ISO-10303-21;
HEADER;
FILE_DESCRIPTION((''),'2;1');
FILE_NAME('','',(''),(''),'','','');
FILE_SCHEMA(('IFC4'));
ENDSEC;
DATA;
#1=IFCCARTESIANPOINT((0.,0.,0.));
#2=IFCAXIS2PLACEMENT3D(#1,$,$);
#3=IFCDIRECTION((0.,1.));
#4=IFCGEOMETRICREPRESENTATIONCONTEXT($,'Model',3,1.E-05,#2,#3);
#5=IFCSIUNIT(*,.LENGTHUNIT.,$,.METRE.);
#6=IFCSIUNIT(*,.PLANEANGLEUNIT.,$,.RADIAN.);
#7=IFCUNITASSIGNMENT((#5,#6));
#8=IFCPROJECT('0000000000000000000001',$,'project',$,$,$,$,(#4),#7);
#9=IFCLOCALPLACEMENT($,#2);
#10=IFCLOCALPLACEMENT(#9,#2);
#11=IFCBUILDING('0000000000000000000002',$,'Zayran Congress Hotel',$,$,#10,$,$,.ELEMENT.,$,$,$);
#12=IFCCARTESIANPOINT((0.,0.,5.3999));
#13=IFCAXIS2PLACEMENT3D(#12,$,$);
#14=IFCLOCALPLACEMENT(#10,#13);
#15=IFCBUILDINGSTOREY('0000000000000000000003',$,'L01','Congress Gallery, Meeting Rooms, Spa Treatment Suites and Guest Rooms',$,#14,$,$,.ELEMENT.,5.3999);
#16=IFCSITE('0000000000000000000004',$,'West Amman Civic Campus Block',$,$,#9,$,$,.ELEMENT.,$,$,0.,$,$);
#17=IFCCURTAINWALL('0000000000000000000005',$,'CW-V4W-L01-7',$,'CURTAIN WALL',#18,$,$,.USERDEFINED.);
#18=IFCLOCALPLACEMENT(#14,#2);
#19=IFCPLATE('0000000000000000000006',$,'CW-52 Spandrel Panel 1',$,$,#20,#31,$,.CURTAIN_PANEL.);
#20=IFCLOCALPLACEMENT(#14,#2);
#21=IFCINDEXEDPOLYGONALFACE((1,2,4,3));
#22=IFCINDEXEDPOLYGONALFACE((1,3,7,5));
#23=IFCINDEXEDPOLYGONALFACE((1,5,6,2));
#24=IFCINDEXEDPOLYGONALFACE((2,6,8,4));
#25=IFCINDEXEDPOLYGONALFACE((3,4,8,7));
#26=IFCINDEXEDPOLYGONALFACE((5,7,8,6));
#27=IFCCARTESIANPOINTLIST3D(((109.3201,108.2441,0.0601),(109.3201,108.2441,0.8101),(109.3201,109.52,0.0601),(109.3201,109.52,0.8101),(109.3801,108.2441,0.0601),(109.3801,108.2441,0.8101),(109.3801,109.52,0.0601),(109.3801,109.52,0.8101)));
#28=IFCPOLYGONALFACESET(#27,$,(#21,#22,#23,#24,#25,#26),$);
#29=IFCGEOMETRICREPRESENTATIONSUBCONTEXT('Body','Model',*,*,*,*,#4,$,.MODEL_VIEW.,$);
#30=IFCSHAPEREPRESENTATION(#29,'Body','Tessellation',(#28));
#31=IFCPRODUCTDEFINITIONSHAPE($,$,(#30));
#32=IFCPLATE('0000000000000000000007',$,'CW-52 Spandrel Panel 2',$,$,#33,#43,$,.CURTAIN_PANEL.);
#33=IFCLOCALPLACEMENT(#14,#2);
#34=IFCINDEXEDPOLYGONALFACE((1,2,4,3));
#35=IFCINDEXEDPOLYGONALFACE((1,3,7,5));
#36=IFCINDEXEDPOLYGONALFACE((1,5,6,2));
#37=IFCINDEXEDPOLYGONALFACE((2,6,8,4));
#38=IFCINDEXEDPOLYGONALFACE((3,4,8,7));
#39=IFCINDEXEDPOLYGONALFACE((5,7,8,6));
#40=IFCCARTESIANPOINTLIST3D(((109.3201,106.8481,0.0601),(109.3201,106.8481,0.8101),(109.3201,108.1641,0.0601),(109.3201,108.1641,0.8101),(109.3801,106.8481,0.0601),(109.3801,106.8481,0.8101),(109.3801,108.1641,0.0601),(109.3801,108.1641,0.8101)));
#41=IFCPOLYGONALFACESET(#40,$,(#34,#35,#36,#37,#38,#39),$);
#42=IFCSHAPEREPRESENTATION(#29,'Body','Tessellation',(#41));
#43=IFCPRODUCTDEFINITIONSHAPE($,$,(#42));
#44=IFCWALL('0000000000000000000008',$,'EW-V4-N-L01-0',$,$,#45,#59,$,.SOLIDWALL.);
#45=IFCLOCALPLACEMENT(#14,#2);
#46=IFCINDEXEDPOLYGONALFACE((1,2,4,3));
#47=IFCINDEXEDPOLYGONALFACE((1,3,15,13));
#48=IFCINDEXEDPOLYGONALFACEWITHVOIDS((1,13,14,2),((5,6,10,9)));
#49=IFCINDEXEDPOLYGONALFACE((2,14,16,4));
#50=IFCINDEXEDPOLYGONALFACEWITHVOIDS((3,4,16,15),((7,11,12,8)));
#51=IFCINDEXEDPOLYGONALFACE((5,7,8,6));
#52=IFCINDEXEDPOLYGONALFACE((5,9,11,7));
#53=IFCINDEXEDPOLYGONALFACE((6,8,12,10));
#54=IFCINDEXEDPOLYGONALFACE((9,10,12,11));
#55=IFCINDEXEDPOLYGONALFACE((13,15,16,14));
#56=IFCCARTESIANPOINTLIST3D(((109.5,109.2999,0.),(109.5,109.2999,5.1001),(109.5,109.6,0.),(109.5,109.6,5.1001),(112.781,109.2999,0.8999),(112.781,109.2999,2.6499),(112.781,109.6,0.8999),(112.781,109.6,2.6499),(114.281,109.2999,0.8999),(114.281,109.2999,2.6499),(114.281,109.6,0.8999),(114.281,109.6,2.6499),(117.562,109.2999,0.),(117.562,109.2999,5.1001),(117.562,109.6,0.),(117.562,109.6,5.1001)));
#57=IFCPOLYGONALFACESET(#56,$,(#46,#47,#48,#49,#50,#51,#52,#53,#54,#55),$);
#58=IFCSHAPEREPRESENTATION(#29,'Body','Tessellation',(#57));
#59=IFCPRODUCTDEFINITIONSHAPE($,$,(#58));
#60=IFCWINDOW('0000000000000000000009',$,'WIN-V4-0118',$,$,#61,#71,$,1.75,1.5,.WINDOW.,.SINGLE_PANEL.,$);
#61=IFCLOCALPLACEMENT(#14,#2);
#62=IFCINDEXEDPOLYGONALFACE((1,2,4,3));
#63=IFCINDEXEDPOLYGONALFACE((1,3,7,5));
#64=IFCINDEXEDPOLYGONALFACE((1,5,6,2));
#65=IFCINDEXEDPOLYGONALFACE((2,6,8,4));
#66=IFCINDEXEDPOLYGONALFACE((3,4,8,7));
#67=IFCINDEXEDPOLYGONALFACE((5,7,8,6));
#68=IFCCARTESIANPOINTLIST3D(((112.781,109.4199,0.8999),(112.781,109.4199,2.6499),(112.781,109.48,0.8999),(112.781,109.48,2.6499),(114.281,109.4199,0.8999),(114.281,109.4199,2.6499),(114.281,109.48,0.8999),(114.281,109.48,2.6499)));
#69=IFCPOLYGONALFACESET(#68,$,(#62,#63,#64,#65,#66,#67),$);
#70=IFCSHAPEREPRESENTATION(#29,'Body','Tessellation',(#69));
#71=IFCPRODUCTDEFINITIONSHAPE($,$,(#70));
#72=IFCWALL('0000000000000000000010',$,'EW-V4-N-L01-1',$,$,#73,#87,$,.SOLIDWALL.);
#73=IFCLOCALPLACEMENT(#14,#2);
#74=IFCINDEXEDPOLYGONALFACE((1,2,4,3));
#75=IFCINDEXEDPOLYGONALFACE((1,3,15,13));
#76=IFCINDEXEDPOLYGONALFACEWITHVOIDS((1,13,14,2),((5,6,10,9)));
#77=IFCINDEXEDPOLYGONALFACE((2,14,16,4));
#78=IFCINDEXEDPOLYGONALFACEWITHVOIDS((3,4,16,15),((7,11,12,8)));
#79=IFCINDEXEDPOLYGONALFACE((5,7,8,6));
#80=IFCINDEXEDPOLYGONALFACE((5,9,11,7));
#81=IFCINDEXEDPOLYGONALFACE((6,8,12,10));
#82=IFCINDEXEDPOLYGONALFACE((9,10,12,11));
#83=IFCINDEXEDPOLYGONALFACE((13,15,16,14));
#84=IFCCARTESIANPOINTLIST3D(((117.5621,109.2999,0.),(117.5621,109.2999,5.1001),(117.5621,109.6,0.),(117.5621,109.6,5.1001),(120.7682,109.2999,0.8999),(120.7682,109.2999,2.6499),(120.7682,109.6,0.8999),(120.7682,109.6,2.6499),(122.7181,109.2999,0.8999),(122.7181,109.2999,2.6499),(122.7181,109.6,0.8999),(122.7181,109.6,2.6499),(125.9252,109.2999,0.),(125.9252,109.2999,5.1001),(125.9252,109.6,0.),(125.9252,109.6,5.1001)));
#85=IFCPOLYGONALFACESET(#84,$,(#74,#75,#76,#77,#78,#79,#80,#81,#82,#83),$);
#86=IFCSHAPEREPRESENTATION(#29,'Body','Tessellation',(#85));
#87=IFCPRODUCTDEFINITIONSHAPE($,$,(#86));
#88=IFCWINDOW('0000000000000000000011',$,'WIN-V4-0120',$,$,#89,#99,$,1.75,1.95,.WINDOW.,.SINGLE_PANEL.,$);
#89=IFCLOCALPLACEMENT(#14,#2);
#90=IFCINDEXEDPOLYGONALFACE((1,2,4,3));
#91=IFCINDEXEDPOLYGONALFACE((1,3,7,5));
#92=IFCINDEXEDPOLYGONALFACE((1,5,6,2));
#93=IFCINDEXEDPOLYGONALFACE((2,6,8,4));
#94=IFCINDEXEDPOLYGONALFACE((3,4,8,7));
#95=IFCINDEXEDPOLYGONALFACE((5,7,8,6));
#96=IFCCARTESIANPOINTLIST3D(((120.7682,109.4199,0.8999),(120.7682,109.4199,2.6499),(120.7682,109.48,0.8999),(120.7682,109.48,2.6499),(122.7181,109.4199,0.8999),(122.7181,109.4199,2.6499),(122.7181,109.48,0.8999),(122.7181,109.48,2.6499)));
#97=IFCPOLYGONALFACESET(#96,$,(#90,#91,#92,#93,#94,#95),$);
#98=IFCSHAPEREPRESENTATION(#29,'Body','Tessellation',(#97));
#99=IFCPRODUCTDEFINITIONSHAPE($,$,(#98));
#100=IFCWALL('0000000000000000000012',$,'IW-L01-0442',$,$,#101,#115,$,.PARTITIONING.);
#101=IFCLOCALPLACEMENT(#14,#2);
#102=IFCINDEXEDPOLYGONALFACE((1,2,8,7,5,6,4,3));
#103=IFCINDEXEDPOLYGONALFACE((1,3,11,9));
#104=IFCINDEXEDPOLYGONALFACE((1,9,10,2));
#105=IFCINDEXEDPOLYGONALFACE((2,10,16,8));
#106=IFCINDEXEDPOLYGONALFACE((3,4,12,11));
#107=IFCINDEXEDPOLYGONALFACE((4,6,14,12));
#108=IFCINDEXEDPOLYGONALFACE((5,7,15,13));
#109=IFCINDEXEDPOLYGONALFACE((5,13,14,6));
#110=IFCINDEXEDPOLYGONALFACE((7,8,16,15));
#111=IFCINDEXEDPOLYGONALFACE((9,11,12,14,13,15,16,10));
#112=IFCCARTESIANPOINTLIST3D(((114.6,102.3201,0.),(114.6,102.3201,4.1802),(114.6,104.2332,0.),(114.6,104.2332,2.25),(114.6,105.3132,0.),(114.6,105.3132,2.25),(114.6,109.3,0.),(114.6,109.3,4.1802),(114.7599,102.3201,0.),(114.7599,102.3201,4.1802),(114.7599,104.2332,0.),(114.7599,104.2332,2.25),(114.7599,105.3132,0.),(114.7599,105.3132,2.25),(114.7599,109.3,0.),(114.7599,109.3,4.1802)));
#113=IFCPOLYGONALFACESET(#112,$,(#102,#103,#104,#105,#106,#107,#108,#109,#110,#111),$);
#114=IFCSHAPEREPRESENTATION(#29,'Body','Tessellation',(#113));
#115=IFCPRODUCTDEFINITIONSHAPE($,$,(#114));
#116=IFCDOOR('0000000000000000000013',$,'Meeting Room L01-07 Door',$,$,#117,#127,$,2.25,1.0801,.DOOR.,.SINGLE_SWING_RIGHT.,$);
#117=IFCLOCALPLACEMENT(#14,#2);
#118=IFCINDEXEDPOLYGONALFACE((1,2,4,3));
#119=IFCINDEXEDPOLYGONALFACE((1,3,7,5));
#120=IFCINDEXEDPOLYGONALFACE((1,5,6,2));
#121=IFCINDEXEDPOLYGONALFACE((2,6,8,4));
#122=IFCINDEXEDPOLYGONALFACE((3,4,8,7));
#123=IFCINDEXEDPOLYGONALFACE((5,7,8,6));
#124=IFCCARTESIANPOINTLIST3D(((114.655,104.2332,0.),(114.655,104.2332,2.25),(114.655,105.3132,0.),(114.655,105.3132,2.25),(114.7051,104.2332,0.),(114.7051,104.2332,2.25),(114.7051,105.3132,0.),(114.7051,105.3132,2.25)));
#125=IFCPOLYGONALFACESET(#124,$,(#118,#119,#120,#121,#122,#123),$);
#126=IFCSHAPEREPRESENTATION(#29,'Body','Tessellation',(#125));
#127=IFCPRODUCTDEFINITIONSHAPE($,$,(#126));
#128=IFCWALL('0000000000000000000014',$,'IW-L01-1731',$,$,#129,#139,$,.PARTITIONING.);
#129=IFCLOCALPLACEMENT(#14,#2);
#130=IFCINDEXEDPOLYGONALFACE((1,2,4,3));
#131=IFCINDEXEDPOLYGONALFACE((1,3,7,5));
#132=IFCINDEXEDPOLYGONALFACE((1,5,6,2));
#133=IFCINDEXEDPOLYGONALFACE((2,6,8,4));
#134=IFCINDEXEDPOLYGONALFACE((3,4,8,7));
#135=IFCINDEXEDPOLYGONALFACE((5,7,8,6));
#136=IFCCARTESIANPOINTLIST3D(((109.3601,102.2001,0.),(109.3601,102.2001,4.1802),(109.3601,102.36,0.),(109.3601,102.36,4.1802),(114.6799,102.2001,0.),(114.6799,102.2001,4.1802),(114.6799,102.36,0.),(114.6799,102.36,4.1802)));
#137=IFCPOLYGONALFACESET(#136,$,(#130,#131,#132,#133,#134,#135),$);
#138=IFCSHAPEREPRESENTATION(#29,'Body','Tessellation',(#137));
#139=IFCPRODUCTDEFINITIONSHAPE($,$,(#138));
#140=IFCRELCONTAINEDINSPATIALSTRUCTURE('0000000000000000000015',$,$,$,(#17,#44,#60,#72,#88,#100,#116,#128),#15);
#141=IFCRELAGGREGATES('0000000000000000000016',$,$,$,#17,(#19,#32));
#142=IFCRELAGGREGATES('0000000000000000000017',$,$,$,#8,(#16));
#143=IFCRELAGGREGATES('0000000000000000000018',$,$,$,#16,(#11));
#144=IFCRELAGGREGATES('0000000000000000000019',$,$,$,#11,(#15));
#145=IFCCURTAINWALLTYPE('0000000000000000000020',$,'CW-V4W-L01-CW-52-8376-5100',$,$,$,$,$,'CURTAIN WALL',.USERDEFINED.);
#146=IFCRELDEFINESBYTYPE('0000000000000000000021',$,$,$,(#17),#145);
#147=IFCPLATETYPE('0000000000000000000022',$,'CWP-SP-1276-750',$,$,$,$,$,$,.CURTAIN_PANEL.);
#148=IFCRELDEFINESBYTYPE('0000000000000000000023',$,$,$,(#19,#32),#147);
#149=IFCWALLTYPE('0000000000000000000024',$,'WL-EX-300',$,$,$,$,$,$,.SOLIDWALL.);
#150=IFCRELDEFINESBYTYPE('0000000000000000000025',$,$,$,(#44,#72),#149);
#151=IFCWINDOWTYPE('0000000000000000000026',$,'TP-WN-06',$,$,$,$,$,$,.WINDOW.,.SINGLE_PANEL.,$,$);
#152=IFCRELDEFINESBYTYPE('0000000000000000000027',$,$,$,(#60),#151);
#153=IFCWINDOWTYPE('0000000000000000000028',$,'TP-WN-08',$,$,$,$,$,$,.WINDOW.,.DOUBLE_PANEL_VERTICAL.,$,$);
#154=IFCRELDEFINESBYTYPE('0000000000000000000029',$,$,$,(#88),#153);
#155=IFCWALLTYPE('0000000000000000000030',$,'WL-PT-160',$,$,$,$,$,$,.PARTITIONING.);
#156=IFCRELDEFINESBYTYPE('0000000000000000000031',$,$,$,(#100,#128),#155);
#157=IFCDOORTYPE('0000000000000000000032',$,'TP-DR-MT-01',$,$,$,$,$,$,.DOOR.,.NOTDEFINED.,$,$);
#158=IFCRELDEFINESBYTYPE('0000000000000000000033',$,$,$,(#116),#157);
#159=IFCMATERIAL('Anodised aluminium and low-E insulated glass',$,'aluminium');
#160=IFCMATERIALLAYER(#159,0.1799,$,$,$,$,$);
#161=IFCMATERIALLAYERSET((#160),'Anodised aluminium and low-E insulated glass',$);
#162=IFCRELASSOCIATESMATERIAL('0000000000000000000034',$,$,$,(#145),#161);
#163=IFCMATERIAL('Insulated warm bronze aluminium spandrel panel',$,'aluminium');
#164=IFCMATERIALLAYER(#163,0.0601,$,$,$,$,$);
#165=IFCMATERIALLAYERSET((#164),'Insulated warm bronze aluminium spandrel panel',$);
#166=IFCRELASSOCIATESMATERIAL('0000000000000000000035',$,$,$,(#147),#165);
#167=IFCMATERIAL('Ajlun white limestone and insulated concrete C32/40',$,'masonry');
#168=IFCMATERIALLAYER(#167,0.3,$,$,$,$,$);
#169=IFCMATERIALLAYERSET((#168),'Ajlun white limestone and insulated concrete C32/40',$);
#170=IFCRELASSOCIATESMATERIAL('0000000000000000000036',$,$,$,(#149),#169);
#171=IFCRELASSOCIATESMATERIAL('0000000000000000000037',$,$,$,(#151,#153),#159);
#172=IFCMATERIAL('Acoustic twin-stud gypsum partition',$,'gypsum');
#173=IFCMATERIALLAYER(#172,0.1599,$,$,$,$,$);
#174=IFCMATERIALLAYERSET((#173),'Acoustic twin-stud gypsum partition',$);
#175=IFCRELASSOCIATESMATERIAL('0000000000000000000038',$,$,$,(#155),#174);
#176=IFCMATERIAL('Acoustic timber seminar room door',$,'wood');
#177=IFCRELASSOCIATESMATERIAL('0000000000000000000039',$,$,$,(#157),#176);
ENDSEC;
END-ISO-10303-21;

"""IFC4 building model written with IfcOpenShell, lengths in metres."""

from ifc_helpers import new_model, si_unit, direction, frame, frame_2d, origin, origin_2d, place, context, subcontext, project, spatial, rectangle, extrude, material, layer, layer_set, type_object, element, fill, aggregate, save


model = new_model("IFC4")

# Units and contexts
model_context = context("Model", 3, precision=1e-05, world=origin(), true_north=direction((0.0, 1.0)))
body_context = subcontext(model_context, "Body", "Model", "MODEL_VIEW")
ifc_project = project(units=[si_unit("LENGTHUNIT", "METRE"), si_unit("PLANEANGLEUNIT", "RADIAN")], contexts=[model_context])

# Site, building, storey
site_placement = place(None, origin())
site = spatial("IfcSite", under=ifc_project, at=site_placement, Name="West Amman Civic Campus Block", CompositionType="ELEMENT", RefElevation=0.0)
building_placement = place(site_placement, origin())
building = spatial("IfcBuilding", under=site, at=building_placement, Name="Zayran Congress Hotel", CompositionType="ELEMENT")
storey_placement = place(building_placement, frame((0.0, 0.0, 5.3999)))
storey = spatial("IfcBuildingStorey", under=building, at=storey_placement, Name="L01", Description="Congress Gallery, Meeting Rooms, Spa Treatment Suites and Guest Rooms", CompositionType="ELEMENT", Elevation=5.3999)

# Curtain wall, plates
ifc_material_1 = material(Name="Anodised aluminium and low-E insulated glass", Category="aluminium")
ifc_layer_1 = layer(ifc_material_1, 0.1799)
ifc_layer_set_1 = layer_set([ifc_layer_1], Name="Anodised aluminium and low-E insulated glass")
curtain_wall_type = type_object("IfcCurtainWallType", Name="CW-V4W-L01-CW-52-8376-5100", ElementType="CURTAIN WALL", PredefinedType="USERDEFINED", material=ifc_layer_set_1)
curtain_wall_placement = place(storey_placement, origin())
curtain_wall = element("IfcCurtainWall", 1, at=curtain_wall_placement, inside=storey, type_object=curtain_wall_type, Name="CW-V4W-L01-7", ObjectType="CURTAIN WALL", PredefinedType="USERDEFINED")
ifc_material_2 = material(Name="Insulated warm bronze aluminium spandrel panel", Category="aluminium")
ifc_layer_2 = layer(ifc_material_2, 0.0601)
ifc_layer_set_2 = layer_set([ifc_layer_2], Name="Insulated warm bronze aluminium spandrel panel")
plate_type_1 = type_object("IfcPlateType", Name="CWP-SP-1276-750", PredefinedType="CURTAIN_PANEL", material=ifc_layer_set_2)
plate_1_placement = place(storey_placement, frame((109.3501, 108.8821, 0.0601), z_axis=(0.0, 0.0, 1.0), x_axis=(0.0, 1.0, 0.0)))
plate_1 = element("IfcPlate", 2, at=plate_1_placement, type_object=plate_type_1, Name="CW-52 Spandrel Panel 1", PredefinedType="CURTAIN_PANEL", context=body_context, shape_type="SweptSolid", body=[
    extrude(rectangle(XDim=1.2759, YDim=0.0601, at=origin_2d()), origin(), (0.0, 0.0, 1.0), 0.75),
])
plate_2_placement = place(storey_placement, frame((109.3501, 107.5061, 0.0601), z_axis=(0.0, 0.0, 1.0), x_axis=(0.0, 1.0, 0.0)))
plate_2 = element("IfcPlate", 3, at=plate_2_placement, type_object=plate_type_1, Name="CW-52 Spandrel Panel 2", PredefinedType="CURTAIN_PANEL", context=body_context, shape_type="SweptSolid", body=[
    extrude(rectangle(XDim=1.3159, YDim=0.0601, at=origin_2d()), origin(), (0.0, 0.0, 1.0), 0.75),
])
aggregate(curtain_wall, [plate_1, plate_2])

# Walls, openings, windows
ifc_material_3 = material(Name="Ajlun white limestone and insulated concrete C32/40", Category="masonry")
ifc_layer_3 = layer(ifc_material_3, 0.3)
ifc_layer_set_3 = layer_set([ifc_layer_3], Name="Ajlun white limestone and insulated concrete C32/40")
wall_type_1 = type_object("IfcWallType", Name="WL-EX-300", PredefinedType="SOLIDWALL", material=ifc_layer_set_3)
wall_1_placement = place(storey_placement, frame((109.5, 109.45, 0.0), z_axis=(0.0, 0.0, 1.0), x_axis=(1.0, 0.0, 0.0)))
wall_1 = element("IfcWall", 4, at=wall_1_placement, inside=storey, type_object=wall_type_1, Name="EW-V4-N-L01-0", PredefinedType="SOLIDWALL", context=body_context, shape_type="SweptSolid", body=[
    extrude(rectangle(XDim=8.062, YDim=0.3, at=frame_2d((4.031, 0.0))), origin(), (0.0, 0.0, 1.0), 5.1001),
])
opening_1_placement = place(wall_1_placement, frame((3.281, 0.0, 0.8999)))
opening_1 = element("IfcOpeningElement", 5, at=opening_1_placement, cuts=wall_1, PredefinedType="OPENING", context=body_context, shape_type="SweptSolid", body=[
    extrude(rectangle(XDim=1.5, YDim=1.75, at=frame_2d((0.75, 0.875))), frame((0.0, 0.1599, 0.0), z_axis=(0.0, -1.0, 0.0), x_axis=(1.0, 0.0, 0.0)), (0.0, 0.0, 1.0), 0.3201),
])
window_type_1 = type_object("IfcWindowType", Name="TP-WN-06", PartitioningType="SINGLE_PANEL", PredefinedType="WINDOW", material=ifc_material_1)
window_1_placement = place(opening_1_placement, origin())
window_1 = element("IfcWindow", 6, at=window_1_placement, inside=storey, type_object=window_type_1, Name="WIN-V4-0118", OverallHeight=1.75, OverallWidth=1.5, PartitioningType="SINGLE_PANEL", PredefinedType="WINDOW", context=body_context, shape_type="SweptSolid", body=[
    extrude(rectangle(XDim=1.5, YDim=1.75, at=frame_2d((0.75, 0.875))), frame((0.0, 0.03, 0.0), z_axis=(0.0, -1.0, 0.0), x_axis=(1.0, 0.0, 0.0)), (0.0, 0.0, 1.0), 0.0601),
])
fill(opening_1, window_1)
wall_2_placement = place(storey_placement, frame((117.562, 109.45, 0.0), z_axis=(0.0, 0.0, 1.0), x_axis=(1.0, 0.0, 0.0)))
wall_2 = element("IfcWall", 7, at=wall_2_placement, inside=storey, type_object=wall_type_1, Name="EW-V4-N-L01-1", PredefinedType="SOLIDWALL", context=body_context, shape_type="SweptSolid", body=[
    extrude(rectangle(XDim=8.363, YDim=0.3, at=frame_2d((4.1816, 0.0))), origin(), (0.0, 0.0, 1.0), 5.1001),
])
opening_2_placement = place(wall_2_placement, frame((3.2061, 0.0, 0.8999)))
opening_2 = element("IfcOpeningElement", 8, at=opening_2_placement, cuts=wall_2, PredefinedType="OPENING", context=body_context, shape_type="SweptSolid", body=[
    extrude(rectangle(XDim=1.95, YDim=1.75, at=frame_2d((0.9751, 0.875))), frame((0.0, 0.1599, 0.0), z_axis=(0.0, -1.0, 0.0), x_axis=(1.0, 0.0, 0.0)), (0.0, 0.0, 1.0), 0.3201),
])
window_type_2 = type_object("IfcWindowType", Name="TP-WN-08", PartitioningType="DOUBLE_PANEL_VERTICAL", PredefinedType="WINDOW", material=ifc_material_1)
window_2_placement = place(opening_2_placement, origin())
window_2 = element("IfcWindow", 9, at=window_2_placement, inside=storey, type_object=window_type_2, Name="WIN-V4-0120", OverallHeight=1.75, OverallWidth=1.95, PartitioningType="SINGLE_PANEL", PredefinedType="WINDOW", context=body_context, shape_type="SweptSolid", body=[
    extrude(rectangle(XDim=1.95, YDim=1.75, at=frame_2d((0.9751, 0.875))), frame((0.0, 0.03, 0.0), z_axis=(0.0, -1.0, 0.0), x_axis=(1.0, 0.0, 0.0)), (0.0, 0.0, 1.0), 0.0601),
])
fill(opening_2, window_2)

# Wall, opening, door
ifc_material_4 = material(Name="Acoustic twin-stud gypsum partition", Category="gypsum")
ifc_layer_4 = layer(ifc_material_4, 0.1599)
ifc_layer_set_4 = layer_set([ifc_layer_4], Name="Acoustic twin-stud gypsum partition")
wall_type_2 = type_object("IfcWallType", Name="WL-PT-160", PredefinedType="PARTITIONING", material=ifc_layer_set_4)
wall_3_placement = place(storey_placement, frame((114.6799, 102.3201, 0.0), z_axis=(0.0, 0.0, 1.0), x_axis=(0.0, 1.0, 0.0)))
wall_3 = element("IfcWall", 10, at=wall_3_placement, inside=storey, type_object=wall_type_2, Name="IW-L01-0442", PredefinedType="PARTITIONING", context=body_context, shape_type="SweptSolid", body=[
    extrude(rectangle(XDim=6.98, YDim=0.1599, at=frame_2d((3.49, 0.0))), origin(), (0.0, 0.0, 1.0), 4.1802),
])
opening_3_placement = place(wall_3_placement, frame((1.9131, 0.0, 0.0)))
opening_3 = element("IfcOpeningElement", 11, at=opening_3_placement, cuts=wall_3, PredefinedType="OPENING", context=body_context, shape_type="SweptSolid", body=[
    extrude(rectangle(XDim=1.0801, YDim=2.25, at=frame_2d((0.54, 1.125))), frame((0.0, 0.0898, 0.0), z_axis=(0.0, -1.0, 0.0), x_axis=(1.0, 0.0, 0.0)), (0.0, 0.0, 1.0), 0.1799),
])
ifc_material_5 = material(Name="Acoustic timber seminar room door", Category="wood")
door_type = type_object("IfcDoorType", Name="TP-DR-MT-01", OperationType="NOTDEFINED", PredefinedType="DOOR", material=ifc_material_5)
door_placement = place(opening_3_placement, origin())
door = element("IfcDoor", 12, at=door_placement, inside=storey, type_object=door_type, Name="Meeting Room L01-07 Door", OperationType="SINGLE_SWING_RIGHT", OverallHeight=2.25, OverallWidth=1.0801, PredefinedType="DOOR", context=body_context, shape_type="SweptSolid", body=[
    extrude(rectangle(XDim=1.0801, YDim=2.25, at=frame_2d((0.54, 1.125))), frame((0.0, 0.0249, 0.0), z_axis=(0.0, -1.0, 0.0), x_axis=(1.0, 0.0, 0.0)), (0.0, 0.0, 1.0), 0.05),
])
fill(opening_3, door)

# Wall
wall_4_placement = place(storey_placement, frame((109.3601, 102.28, 0.0), z_axis=(0.0, 0.0, 1.0), x_axis=(1.0, 0.0, 0.0)))
element("IfcWall", 13, at=wall_4_placement, inside=storey, type_object=wall_type_2, Name="IW-L01-1731", PredefinedType="PARTITIONING", context=body_context, shape_type="SweptSolid", body=[
    extrude(rectangle(XDim=5.3198, YDim=0.1599, at=frame_2d((2.6599, 0.0))), origin(), (0.0, 0.0, 1.0), 4.1802),
])

save(model, "model.ifc")
